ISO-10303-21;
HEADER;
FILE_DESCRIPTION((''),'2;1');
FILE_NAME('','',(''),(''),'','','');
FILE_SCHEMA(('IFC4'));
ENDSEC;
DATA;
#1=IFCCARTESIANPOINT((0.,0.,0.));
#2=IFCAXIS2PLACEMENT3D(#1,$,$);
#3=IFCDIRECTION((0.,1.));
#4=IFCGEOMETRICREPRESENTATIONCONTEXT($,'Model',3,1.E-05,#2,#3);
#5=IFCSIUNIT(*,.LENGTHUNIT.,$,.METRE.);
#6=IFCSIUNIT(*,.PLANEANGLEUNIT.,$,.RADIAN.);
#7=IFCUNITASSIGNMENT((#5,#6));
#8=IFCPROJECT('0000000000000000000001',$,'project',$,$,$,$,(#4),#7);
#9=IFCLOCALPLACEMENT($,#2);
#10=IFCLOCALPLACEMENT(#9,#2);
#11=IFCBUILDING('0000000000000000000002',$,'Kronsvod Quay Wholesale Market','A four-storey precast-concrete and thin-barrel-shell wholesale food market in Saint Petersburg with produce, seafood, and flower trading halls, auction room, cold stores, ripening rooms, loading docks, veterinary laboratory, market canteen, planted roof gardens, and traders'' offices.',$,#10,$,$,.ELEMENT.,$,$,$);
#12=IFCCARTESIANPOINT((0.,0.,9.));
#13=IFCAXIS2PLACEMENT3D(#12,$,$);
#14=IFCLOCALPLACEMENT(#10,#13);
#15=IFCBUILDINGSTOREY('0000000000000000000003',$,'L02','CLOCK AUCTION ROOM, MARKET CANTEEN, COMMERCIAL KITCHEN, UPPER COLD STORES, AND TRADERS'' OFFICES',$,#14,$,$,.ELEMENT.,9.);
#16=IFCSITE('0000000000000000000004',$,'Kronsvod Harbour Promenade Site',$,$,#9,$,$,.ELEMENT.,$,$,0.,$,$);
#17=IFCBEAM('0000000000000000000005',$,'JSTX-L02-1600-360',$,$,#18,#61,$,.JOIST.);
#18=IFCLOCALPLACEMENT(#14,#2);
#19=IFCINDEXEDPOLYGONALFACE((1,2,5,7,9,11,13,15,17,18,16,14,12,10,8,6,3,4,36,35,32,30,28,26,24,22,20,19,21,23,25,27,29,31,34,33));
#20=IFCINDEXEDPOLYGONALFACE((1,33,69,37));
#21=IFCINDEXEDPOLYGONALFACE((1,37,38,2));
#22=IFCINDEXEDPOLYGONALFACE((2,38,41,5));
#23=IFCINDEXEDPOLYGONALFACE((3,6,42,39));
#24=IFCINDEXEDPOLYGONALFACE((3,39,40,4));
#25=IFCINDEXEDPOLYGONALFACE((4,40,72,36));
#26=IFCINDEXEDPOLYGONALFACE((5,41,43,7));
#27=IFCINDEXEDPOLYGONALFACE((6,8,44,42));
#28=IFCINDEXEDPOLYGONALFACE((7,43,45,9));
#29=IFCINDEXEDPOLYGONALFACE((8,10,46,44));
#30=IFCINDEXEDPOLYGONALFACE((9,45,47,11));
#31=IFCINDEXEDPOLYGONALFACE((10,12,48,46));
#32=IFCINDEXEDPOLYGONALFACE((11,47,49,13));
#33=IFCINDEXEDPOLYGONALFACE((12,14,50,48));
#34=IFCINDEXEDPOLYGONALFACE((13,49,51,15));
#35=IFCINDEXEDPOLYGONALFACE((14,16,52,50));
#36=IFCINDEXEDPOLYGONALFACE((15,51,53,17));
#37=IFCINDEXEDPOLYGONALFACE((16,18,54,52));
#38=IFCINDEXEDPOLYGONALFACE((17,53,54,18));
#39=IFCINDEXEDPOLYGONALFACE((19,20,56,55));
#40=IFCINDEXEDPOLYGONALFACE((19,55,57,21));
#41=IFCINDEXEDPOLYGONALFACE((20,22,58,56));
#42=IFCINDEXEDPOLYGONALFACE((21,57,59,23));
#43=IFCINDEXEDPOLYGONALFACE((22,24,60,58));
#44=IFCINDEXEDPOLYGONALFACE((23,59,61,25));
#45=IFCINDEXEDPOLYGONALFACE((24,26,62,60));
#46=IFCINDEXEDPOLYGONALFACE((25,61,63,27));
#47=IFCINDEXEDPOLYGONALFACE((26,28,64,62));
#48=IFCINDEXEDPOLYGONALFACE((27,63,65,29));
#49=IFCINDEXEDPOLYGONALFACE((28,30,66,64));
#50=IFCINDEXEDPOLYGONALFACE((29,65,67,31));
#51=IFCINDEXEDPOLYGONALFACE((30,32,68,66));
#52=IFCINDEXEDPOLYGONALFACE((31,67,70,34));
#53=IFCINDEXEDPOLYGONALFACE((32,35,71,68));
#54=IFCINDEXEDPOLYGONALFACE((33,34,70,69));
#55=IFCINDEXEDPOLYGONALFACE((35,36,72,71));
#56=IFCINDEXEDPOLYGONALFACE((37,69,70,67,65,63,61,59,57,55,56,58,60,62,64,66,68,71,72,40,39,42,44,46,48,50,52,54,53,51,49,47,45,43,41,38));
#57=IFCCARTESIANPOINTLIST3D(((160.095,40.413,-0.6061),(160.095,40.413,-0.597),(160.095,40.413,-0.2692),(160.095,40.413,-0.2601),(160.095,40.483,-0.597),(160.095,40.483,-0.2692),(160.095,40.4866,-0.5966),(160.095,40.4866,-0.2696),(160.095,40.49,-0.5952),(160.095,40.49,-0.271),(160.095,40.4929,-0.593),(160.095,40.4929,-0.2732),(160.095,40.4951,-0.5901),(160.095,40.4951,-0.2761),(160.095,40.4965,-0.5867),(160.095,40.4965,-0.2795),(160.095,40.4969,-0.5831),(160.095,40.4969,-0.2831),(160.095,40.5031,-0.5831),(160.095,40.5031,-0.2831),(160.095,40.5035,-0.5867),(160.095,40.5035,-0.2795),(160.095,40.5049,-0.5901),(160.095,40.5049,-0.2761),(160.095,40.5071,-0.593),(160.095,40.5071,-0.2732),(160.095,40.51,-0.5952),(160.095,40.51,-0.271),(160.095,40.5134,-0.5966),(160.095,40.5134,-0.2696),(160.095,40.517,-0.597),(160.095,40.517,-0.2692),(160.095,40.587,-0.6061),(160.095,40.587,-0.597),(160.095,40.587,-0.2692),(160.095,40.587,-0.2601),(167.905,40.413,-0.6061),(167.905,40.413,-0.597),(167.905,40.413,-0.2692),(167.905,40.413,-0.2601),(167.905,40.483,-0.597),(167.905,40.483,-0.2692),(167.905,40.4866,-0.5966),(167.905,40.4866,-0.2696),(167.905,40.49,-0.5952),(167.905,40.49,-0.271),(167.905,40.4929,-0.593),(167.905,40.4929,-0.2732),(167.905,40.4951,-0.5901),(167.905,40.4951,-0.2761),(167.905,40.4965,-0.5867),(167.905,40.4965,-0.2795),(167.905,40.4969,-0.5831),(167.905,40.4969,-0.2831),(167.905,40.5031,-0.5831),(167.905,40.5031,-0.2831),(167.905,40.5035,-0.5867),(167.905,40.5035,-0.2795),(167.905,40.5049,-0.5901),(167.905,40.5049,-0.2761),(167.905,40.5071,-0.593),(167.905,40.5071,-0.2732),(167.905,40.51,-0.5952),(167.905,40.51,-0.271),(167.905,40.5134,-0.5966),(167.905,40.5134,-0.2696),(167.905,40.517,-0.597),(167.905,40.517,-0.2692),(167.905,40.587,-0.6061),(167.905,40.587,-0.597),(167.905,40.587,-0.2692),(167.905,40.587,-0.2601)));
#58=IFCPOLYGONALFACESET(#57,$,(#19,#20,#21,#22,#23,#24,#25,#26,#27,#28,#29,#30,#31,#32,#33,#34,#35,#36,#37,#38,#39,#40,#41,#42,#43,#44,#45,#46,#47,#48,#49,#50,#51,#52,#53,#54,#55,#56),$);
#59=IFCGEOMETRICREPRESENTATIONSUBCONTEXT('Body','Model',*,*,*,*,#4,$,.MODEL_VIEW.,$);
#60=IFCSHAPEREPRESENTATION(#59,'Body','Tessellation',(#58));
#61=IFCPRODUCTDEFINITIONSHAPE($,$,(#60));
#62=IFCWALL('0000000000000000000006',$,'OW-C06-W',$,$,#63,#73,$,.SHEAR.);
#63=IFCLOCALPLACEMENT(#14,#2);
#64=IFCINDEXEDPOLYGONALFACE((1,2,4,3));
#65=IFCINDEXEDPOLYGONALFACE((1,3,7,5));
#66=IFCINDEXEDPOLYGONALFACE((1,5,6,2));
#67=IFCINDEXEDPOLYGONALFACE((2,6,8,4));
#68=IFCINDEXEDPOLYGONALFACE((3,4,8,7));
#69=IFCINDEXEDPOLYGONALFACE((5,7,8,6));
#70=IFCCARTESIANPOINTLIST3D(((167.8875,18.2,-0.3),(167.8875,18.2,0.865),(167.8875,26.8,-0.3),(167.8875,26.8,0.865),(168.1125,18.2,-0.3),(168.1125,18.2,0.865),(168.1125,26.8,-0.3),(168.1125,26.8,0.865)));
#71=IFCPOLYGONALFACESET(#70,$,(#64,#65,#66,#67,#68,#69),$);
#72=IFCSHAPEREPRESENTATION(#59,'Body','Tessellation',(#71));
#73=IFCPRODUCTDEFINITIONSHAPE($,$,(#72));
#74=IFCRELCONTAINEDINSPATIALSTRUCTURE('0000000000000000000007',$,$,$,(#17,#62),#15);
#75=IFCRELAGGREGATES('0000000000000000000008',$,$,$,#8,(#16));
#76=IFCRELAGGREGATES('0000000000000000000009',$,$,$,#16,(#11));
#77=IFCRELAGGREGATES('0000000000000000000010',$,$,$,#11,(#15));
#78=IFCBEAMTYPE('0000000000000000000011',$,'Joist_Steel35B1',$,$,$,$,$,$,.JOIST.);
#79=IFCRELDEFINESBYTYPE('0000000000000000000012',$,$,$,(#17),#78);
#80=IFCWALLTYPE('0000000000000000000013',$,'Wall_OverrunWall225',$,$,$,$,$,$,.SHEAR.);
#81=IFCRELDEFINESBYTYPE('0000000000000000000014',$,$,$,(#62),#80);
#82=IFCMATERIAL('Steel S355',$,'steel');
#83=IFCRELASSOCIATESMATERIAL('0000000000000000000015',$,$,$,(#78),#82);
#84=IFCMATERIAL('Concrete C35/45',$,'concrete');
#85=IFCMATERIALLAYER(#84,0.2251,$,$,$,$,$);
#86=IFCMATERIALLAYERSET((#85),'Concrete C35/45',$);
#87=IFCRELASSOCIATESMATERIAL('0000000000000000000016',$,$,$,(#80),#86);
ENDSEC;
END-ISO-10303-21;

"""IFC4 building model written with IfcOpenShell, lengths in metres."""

from ifc_helpers import new_model, si_unit, direction, frame, frame_2d, origin, origin_2d, place, context, subcontext, project, spatial, rectangle, i_section, extrude, material, layer, layer_set, material_profile, profile_set, type_object, element, save


model = new_model("IFC4")

# Units and contexts
model_context = context("Model", 3, precision=1e-05, world=origin(), true_north=direction((0.0, 1.0)))
body_context = subcontext(model_context, "Body", "Model", "MODEL_VIEW")
ifc_project = project(units=[si_unit("LENGTHUNIT", "METRE"), si_unit("PLANEANGLEUNIT", "RADIAN")], contexts=[model_context])

# Site, building, storey
site_placement = place(None, origin())
site = spatial("IfcSite", under=ifc_project, at=site_placement, Name="Kronsvod Harbour Promenade Site", CompositionType="ELEMENT", RefElevation=0.0)
building_placement = place(site_placement, origin())
building = spatial("IfcBuilding", under=site, at=building_placement, Name="Kronsvod Quay Wholesale Market", Description="A four-storey precast-concrete and thin-barrel-shell wholesale food market in Saint Petersburg with produce, seafood, and flower trading halls, auction room, cold stores, ripening rooms, loading docks, veterinary laboratory, market canteen, planted roof gardens, and traders' offices.", CompositionType="ELEMENT")
storey_placement = place(building_placement, frame((0.0, 0.0, 9.0)))
storey = spatial("IfcBuildingStorey", under=building, at=storey_placement, Name="L02", Description="CLOCK AUCTION ROOM, MARKET CANTEEN, COMMERCIAL KITCHEN, UPPER COLD STORES, AND TRADERS' OFFICES", CompositionType="ELEMENT", Elevation=9.0)

# Beam
ifc_material_1 = material(Name="Steel S355", Category="steel")
ifc_material_profile_1 = material_profile(ifc_material_1, i_section(OverallWidth=0.1741, OverallDepth=0.3459, WebThickness=0.0061, FlangeThickness=0.009, FilletRadius=0.0139, at=origin_2d()), Name="35B1")
ifc_profile_set_1 = profile_set([ifc_material_profile_1], Name="Steel S355")
beam_type_1 = type_object("IfcBeamType", Name="Joist_Steel35B1", PredefinedType="JOIST", material=ifc_profile_set_1)
for number, where, z_axis, x_axis, name in (
    (1, (160.095, 40.5, -0.4331), (1.0, 0.0, 0.0), (0.0, 1.0, 0.0), "JSTX-L02-1600-360"),
):
    element("IfcBeam", number, at=place(storey_placement, frame(where, z_axis=z_axis, x_axis=x_axis)), inside=storey, type_object=beam_type_1, Name=name, PredefinedType="JOIST", context=body_context, shape_type="SweptSolid", body=[
        extrude(i_section(OverallWidth=0.1741, OverallDepth=0.3459, WebThickness=0.0061, FlangeThickness=0.009, FilletRadius=0.0139, at=origin_2d()), origin(), (0.0, 0.0, 1.0), 7.8101),
    ])

# Wall
ifc_material_2 = material(Name="Concrete C35/45", Category="concrete")
ifc_layer = layer(ifc_material_2, 0.2251)
ifc_layer_set = layer_set([ifc_layer], Name="Concrete C35/45")
wall_type = type_object("IfcWallType", Name="Wall_OverrunWall225", PredefinedType="SHEAR", material=ifc_layer_set)
wall_placement = place(storey_placement, frame((168.0, 18.2, -0.3), z_axis=(0.0, 0.0, 1.0), x_axis=(0.0, 1.0, 0.0)))
element("IfcWall", 2, at=wall_placement, inside=storey, type_object=wall_type, Name="OW-C06-W", PredefinedType="SHEAR", context=body_context, shape_type="SweptSolid", body=[
    extrude(rectangle(XDim=8.6001, YDim=0.2251, at=frame_2d((4.3, 0.0))), origin(), (0.0, 0.0, 1.0), 1.165),
])

save(model, "model.ifc")
